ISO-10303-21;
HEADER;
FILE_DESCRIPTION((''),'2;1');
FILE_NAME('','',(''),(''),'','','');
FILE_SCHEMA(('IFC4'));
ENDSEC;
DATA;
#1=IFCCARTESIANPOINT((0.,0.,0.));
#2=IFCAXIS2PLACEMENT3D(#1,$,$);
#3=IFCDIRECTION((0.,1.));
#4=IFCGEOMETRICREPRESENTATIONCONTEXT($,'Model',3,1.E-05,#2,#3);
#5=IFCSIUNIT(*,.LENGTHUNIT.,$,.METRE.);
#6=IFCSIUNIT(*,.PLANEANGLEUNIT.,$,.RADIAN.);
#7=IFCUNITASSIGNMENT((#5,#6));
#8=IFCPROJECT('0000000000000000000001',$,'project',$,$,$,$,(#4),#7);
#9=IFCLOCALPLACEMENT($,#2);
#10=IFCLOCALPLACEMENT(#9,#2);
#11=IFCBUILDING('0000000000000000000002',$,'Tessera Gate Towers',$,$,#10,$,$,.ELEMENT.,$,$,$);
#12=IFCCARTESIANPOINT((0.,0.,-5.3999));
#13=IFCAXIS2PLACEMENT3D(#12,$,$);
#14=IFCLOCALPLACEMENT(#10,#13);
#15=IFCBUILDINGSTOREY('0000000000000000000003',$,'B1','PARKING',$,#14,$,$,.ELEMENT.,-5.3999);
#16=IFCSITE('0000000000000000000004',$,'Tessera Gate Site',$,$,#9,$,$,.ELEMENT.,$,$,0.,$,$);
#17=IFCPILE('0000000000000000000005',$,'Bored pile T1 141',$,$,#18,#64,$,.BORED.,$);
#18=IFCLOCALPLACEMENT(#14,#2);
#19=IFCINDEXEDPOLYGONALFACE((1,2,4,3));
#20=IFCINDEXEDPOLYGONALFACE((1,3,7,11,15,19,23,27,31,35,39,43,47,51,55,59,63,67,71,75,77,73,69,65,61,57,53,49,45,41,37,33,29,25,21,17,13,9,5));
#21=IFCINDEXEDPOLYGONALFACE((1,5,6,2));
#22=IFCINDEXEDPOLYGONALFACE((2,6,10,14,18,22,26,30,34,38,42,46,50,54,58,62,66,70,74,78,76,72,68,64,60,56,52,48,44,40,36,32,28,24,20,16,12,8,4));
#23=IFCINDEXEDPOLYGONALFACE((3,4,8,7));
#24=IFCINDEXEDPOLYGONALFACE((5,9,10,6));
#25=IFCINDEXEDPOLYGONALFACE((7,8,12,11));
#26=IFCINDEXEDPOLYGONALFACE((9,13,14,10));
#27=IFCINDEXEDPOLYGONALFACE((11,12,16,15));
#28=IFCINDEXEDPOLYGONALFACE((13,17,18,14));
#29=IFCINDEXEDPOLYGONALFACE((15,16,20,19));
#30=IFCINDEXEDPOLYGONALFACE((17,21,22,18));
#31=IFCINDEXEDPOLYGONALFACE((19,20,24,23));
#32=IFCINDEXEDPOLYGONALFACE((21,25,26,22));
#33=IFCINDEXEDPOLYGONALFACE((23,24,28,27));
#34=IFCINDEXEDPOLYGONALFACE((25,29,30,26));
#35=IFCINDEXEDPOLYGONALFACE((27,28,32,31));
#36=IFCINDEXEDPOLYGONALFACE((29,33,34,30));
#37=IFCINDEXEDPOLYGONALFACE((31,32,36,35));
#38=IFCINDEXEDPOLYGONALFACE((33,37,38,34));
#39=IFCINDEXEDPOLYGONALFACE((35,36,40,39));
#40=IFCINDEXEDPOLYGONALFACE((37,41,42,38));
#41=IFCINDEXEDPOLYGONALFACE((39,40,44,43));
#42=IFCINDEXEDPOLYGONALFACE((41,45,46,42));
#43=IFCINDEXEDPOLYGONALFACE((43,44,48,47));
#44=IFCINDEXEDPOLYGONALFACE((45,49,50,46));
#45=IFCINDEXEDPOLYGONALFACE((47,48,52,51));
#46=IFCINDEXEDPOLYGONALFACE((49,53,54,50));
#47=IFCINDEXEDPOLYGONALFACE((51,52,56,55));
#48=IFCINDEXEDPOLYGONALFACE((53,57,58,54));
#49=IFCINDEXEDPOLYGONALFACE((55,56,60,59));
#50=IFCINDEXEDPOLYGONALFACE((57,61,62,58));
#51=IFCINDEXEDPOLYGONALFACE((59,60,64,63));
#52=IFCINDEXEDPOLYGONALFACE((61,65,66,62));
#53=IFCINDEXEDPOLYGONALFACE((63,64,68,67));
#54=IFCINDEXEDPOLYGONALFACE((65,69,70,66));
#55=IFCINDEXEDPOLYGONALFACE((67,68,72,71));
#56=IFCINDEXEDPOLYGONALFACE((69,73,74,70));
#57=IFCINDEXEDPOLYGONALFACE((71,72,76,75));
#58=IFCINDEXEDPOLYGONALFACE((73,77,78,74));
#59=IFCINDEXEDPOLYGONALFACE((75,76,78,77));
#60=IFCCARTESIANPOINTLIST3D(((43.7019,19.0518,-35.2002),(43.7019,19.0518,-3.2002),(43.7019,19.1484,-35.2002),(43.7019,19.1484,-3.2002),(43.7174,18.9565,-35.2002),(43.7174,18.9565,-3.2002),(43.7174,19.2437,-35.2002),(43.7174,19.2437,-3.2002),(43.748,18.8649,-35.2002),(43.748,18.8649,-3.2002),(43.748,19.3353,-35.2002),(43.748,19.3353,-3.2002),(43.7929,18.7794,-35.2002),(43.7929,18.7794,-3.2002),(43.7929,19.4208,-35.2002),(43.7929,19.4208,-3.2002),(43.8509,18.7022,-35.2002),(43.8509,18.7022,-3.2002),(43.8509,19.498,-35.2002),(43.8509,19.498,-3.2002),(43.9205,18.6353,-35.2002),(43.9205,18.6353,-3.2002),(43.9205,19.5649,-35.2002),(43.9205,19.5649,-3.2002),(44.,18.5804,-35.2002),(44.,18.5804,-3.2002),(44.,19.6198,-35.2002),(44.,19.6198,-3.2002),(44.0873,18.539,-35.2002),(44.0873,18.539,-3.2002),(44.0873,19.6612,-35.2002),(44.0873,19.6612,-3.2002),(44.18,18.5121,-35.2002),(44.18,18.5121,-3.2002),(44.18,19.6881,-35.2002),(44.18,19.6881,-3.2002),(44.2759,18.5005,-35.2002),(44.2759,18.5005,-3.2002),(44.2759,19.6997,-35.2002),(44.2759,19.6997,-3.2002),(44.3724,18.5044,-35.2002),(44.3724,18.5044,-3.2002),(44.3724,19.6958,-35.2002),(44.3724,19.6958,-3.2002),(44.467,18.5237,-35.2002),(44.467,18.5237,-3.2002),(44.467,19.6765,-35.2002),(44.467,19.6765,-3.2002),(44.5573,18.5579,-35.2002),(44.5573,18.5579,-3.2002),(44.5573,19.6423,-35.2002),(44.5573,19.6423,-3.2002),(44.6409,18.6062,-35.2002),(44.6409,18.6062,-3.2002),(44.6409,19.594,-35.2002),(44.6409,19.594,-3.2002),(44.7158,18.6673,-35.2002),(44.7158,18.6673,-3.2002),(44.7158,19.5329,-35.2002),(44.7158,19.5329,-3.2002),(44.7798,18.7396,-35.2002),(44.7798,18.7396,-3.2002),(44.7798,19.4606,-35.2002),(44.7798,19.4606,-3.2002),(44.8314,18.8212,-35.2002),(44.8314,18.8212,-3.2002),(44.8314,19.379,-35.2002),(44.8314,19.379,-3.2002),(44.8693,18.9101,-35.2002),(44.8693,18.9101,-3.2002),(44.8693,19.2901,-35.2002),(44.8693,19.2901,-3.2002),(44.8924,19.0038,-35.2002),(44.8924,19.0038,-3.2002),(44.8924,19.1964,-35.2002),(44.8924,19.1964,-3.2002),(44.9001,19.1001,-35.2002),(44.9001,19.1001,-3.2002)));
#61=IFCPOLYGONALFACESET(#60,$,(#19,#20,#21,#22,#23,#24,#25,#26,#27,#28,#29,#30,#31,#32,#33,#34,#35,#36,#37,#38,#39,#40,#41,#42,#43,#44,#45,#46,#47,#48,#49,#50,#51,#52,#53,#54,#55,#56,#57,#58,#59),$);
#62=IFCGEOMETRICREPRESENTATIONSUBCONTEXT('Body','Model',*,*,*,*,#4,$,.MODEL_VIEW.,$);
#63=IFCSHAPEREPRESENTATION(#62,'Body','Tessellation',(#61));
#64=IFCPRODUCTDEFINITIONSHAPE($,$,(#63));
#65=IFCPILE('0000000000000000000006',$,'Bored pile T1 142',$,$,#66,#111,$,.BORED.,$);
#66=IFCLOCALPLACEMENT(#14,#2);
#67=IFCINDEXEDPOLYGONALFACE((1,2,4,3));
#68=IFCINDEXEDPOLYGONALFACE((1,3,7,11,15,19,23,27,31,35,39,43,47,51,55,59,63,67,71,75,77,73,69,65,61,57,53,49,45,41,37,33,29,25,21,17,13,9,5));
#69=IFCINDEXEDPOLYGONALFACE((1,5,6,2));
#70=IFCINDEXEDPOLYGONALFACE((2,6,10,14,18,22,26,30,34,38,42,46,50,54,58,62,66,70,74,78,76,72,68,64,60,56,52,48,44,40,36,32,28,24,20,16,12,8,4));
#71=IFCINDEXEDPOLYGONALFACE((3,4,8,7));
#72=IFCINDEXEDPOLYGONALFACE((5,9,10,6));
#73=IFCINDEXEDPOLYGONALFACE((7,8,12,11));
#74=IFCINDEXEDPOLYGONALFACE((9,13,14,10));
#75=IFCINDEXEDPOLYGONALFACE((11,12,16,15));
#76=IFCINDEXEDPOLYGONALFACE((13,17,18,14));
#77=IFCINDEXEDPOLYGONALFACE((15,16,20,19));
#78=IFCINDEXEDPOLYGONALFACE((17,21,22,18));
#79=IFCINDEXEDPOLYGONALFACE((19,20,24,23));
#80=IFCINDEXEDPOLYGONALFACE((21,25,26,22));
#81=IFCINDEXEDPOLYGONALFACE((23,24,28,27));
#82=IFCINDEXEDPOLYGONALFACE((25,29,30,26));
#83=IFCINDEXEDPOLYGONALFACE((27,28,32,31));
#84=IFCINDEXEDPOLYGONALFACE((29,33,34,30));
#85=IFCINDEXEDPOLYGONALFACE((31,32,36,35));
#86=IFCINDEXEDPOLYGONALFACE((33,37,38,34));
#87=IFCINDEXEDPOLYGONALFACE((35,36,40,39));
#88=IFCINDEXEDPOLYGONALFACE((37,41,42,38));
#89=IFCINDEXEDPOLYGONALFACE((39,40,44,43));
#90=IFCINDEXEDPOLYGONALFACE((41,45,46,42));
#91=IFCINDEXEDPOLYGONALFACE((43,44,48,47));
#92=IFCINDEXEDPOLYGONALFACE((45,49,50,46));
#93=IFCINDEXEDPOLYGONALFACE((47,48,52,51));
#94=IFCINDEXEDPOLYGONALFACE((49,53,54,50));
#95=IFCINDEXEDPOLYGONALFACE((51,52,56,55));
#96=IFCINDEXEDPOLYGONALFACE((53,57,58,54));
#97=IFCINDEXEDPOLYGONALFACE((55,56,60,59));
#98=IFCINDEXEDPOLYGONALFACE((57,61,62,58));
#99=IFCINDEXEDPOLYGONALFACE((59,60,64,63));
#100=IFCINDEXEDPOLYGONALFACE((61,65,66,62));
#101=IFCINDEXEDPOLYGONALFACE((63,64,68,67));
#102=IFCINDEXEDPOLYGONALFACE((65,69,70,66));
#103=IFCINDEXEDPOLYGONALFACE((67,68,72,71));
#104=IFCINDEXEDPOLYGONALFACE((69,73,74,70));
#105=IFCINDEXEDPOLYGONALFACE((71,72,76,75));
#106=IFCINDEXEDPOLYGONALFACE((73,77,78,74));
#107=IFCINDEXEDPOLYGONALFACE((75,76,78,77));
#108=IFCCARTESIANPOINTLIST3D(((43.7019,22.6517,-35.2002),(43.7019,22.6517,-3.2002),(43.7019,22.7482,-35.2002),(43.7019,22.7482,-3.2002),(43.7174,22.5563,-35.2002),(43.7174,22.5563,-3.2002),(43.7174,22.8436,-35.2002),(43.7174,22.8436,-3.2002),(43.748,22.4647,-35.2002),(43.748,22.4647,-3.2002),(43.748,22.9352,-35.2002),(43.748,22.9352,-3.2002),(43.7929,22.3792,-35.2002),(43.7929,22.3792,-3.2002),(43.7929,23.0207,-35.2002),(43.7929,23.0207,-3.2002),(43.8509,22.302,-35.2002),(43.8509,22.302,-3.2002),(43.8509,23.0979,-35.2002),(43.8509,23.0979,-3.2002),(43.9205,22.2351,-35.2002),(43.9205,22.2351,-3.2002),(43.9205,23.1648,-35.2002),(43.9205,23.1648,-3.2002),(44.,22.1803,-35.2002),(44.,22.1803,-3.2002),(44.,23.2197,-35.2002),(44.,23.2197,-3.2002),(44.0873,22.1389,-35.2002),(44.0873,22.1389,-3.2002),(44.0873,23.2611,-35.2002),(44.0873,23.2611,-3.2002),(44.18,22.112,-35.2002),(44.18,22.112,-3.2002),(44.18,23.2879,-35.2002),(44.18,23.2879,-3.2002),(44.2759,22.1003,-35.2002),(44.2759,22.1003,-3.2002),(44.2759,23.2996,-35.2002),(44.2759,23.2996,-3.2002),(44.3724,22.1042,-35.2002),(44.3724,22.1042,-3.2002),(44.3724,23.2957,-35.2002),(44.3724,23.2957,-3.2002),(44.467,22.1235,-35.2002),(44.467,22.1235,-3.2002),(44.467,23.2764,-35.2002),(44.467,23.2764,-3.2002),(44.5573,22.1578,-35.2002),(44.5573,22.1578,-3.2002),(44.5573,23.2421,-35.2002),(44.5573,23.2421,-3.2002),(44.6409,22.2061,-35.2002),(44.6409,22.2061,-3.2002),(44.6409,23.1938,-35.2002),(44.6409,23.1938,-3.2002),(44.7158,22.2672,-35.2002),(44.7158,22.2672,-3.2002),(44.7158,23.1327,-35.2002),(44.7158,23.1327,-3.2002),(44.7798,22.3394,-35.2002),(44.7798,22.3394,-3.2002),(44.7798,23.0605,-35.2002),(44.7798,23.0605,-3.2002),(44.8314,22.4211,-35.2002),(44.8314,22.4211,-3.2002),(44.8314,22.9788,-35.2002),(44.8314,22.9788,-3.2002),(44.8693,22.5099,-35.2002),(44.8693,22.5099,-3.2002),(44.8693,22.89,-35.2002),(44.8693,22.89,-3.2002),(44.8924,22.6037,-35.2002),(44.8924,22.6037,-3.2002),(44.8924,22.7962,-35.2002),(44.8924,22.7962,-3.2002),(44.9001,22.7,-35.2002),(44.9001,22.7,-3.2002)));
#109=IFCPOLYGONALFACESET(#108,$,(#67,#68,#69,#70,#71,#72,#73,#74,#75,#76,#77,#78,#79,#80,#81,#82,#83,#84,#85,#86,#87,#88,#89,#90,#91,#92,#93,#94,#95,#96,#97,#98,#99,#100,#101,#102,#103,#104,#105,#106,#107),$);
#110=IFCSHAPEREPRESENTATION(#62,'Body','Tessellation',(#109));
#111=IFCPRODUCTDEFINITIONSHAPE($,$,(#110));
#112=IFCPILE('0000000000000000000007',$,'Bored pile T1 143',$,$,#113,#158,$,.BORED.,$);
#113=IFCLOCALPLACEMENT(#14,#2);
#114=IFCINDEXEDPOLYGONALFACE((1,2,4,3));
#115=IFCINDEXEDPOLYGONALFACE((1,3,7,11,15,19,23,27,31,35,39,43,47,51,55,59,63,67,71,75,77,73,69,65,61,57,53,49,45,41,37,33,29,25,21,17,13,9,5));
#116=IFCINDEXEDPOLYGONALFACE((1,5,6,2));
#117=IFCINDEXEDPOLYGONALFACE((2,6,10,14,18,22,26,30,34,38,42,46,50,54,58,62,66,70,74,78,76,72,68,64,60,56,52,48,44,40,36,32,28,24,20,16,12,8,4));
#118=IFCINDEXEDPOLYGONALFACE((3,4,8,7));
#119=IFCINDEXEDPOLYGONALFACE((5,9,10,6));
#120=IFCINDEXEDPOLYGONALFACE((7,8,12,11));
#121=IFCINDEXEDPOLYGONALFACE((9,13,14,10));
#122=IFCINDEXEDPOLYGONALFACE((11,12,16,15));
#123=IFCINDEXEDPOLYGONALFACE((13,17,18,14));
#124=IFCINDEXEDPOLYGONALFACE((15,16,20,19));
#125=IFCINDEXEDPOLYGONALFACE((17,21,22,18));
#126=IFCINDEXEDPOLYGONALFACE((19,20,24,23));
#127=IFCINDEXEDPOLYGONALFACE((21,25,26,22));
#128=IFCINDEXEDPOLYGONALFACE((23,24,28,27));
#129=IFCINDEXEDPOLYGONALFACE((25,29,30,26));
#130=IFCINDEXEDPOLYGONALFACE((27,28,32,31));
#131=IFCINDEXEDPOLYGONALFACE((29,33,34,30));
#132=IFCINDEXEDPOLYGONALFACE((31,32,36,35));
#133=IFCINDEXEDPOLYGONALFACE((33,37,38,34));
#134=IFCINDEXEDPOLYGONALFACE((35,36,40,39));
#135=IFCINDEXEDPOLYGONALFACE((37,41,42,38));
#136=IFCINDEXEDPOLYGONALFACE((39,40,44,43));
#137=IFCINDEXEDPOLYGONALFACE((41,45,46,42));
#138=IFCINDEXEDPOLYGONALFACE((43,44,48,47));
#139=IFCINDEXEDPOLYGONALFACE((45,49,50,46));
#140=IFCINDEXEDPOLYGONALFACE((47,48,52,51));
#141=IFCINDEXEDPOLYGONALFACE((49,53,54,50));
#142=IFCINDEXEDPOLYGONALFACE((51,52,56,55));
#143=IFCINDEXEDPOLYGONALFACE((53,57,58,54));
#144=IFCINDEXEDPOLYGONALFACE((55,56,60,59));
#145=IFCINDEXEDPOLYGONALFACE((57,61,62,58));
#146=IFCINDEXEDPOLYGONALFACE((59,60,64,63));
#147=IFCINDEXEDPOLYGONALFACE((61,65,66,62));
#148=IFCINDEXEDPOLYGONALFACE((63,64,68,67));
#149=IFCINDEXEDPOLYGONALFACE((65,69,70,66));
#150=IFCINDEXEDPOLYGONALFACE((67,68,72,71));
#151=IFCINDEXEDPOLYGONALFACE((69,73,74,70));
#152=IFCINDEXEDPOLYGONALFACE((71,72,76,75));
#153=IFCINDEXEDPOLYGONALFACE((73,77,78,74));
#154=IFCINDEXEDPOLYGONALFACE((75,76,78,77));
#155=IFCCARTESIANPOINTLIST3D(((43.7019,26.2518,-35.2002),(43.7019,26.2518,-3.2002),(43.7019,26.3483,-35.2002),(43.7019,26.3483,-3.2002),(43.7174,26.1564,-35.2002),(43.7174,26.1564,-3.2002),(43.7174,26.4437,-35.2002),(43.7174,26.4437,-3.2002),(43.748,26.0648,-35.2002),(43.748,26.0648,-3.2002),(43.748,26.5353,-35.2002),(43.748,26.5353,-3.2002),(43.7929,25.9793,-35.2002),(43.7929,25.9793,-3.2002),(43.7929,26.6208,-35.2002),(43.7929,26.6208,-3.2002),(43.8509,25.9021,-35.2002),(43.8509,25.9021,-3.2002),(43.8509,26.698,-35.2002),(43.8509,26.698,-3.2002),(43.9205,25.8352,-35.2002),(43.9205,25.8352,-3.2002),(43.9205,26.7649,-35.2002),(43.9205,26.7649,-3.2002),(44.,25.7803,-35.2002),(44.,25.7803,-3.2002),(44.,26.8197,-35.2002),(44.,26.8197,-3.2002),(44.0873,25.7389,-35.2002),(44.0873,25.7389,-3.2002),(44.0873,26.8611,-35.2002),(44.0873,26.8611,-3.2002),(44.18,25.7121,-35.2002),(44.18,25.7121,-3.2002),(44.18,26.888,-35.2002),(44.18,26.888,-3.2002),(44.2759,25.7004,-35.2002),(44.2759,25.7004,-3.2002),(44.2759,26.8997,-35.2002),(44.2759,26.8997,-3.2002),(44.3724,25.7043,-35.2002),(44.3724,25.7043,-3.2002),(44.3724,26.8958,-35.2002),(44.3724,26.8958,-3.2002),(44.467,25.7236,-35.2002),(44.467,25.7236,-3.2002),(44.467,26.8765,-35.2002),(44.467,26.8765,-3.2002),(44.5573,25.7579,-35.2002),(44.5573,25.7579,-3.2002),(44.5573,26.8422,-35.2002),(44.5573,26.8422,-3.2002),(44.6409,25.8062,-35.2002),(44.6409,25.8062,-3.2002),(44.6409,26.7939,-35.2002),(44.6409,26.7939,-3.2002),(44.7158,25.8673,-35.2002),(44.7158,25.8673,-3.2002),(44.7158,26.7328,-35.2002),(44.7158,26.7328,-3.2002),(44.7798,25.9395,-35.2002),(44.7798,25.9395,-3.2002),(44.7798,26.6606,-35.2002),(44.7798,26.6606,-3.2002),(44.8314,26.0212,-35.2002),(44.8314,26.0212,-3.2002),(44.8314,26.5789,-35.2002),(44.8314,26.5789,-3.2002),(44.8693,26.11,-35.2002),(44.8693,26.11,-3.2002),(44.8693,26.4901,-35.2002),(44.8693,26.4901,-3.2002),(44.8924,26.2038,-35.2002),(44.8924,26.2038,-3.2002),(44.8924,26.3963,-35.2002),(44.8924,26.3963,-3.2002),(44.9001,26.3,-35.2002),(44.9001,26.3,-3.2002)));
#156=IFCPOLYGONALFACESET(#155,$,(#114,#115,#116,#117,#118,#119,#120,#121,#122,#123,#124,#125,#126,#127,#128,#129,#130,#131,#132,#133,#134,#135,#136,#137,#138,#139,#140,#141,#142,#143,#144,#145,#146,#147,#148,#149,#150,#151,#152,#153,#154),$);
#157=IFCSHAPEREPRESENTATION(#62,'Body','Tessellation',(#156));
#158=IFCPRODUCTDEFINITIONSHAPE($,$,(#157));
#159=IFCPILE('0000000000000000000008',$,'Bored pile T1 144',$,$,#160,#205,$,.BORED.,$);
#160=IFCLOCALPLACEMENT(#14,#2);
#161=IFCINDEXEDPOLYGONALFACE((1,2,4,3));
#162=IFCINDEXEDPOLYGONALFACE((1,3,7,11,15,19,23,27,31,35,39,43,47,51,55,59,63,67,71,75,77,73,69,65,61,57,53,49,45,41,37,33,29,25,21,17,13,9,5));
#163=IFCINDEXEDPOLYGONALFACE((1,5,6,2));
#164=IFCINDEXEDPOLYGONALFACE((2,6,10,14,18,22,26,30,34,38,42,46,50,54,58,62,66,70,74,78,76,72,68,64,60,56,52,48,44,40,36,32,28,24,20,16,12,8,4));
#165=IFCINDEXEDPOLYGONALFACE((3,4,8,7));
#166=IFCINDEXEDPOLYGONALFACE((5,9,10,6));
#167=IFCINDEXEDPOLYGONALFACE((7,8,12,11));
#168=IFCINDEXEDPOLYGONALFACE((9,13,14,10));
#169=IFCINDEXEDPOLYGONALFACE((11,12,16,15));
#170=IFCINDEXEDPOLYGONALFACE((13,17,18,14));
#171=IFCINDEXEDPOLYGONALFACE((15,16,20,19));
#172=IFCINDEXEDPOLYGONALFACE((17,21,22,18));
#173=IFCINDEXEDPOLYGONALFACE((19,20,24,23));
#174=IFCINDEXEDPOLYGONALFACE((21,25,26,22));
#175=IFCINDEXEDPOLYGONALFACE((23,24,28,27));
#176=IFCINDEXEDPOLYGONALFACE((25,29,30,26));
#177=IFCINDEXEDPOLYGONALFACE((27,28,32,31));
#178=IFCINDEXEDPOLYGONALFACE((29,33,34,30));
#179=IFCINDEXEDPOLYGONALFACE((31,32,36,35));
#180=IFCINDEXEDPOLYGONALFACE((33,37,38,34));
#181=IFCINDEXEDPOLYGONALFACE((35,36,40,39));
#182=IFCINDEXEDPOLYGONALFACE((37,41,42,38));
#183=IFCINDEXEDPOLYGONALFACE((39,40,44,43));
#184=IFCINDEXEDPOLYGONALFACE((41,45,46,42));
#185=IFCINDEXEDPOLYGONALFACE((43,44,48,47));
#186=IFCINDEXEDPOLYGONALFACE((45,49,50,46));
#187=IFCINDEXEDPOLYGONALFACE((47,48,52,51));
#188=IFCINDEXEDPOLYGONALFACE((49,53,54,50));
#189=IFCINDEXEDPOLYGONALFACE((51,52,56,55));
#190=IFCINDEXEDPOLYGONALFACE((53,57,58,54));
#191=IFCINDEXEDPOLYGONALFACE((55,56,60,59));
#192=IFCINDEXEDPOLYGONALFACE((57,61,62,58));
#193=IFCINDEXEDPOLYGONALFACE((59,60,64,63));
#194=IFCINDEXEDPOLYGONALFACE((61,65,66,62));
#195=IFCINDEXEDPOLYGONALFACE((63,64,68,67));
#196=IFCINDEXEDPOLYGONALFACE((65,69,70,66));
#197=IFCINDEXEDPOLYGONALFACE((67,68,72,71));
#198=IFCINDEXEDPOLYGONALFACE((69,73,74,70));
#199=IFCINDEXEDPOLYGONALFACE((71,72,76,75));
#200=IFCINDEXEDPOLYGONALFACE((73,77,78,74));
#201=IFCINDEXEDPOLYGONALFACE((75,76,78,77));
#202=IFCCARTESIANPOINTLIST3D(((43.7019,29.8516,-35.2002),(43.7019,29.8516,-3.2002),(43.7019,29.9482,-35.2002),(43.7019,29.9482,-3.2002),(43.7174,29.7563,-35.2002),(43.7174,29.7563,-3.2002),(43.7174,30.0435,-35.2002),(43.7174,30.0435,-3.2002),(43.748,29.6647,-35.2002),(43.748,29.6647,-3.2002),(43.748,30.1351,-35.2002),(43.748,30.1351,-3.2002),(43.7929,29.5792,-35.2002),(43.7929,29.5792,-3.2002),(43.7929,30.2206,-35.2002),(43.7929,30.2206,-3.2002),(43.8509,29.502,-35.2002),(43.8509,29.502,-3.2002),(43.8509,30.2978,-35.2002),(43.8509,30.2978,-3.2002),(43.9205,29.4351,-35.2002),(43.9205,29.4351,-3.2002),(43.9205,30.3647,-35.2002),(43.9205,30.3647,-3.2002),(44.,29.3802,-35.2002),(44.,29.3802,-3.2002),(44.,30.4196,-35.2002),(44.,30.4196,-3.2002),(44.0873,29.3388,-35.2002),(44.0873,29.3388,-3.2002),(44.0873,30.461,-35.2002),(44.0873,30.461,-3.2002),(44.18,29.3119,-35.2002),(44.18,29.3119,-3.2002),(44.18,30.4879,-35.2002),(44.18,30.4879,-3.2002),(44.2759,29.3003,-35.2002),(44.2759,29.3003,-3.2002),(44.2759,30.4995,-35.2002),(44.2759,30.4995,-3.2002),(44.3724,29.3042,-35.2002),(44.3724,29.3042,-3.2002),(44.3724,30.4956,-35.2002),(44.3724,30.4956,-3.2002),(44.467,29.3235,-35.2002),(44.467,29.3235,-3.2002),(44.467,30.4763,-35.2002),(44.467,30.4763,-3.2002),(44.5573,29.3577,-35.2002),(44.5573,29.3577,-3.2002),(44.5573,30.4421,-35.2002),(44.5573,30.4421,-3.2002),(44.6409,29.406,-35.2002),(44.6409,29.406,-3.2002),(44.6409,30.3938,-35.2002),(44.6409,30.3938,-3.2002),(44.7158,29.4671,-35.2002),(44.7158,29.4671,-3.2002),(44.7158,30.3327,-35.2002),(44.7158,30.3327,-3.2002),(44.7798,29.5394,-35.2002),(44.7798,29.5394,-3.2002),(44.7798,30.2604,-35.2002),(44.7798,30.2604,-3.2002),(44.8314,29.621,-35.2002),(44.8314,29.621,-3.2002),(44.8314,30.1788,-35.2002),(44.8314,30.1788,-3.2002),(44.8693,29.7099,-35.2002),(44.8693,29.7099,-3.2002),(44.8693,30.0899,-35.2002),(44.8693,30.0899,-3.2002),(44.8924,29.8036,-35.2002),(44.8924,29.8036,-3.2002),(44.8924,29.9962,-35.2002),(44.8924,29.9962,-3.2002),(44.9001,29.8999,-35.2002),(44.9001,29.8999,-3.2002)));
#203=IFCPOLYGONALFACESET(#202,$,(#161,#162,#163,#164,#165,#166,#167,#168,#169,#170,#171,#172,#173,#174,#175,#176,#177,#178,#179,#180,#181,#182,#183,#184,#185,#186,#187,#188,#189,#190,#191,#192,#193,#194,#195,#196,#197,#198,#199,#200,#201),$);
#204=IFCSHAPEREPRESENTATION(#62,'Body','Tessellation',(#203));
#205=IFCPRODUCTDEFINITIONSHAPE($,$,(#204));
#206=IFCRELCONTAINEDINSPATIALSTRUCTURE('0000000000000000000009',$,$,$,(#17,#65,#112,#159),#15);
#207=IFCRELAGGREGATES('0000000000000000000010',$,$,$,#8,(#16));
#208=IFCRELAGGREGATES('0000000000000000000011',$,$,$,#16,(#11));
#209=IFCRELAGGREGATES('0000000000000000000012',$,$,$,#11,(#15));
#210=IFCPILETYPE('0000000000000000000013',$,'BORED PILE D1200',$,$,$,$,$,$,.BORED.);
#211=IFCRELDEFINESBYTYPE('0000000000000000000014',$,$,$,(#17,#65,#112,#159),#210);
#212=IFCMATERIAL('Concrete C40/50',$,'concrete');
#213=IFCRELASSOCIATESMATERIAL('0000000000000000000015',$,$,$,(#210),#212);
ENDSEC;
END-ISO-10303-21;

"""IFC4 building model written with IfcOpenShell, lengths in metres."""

from ifc_helpers import new_model, si_unit, direction, frame, origin, origin_2d, place, context, subcontext, project, spatial, circle, extrude, material, material_profile, profile_set, type_object, element, save


model = new_model("IFC4")

# Units and contexts
model_context = context("Model", 3, precision=1e-05, world=origin(), true_north=direction((0.0, 1.0)))
body_context = subcontext(model_context, "Body", "Model", "MODEL_VIEW")
ifc_project = project(units=[si_unit("LENGTHUNIT", "METRE"), si_unit("PLANEANGLEUNIT", "RADIAN")], contexts=[model_context])

# Site, building, storey
site_placement = place(None, origin())
site = spatial("IfcSite", under=ifc_project, at=site_placement, Name="Tessera Gate Site", CompositionType="ELEMENT", RefElevation=0.0)
building_placement = place(site_placement, origin())
building = spatial("IfcBuilding", under=site, at=building_placement, Name="Tessera Gate Towers", CompositionType="ELEMENT")
storey_placement = place(building_placement, frame((0.0, 0.0, -5.3999)))
storey = spatial("IfcBuildingStorey", under=building, at=storey_placement, Name="B1", Description="PARKING", CompositionType="ELEMENT", Elevation=-5.3999)

# Piles
ifc_material_1 = material(Name="Concrete C40/50", Category="concrete")
ifc_material_profile = material_profile(ifc_material_1, circle(Radius=0.6001, at=origin_2d()), Name="BORED PILE D1200")
ifc_profile_set = profile_set([ifc_material_profile], Name="Concrete C40/50")
pile_type = type_object("IfcPileType", Name="BORED PILE D1200", PredefinedType="BORED", material=ifc_profile_set)
for number, where, z_axis, x_axis, name in (
    (1, (44.3, 19.1001, -3.2002), (0.0, 0.0, -1.0), (1.0, 0.0, 0.0), "Bored pile T1 141"),
    (2, (44.3, 22.7, -3.2002), (0.0, 0.0, -1.0), (1.0, 0.0, 0.0), "Bored pile T1 142"),
    (3, (44.3, 26.3, -3.2002), (0.0, 0.0, -1.0), (1.0, 0.0, 0.0), "Bored pile T1 143"),
    (4, (44.3, 29.8999, -3.2002), (0.0, 0.0, -1.0), (1.0, 0.0, 0.0), "Bored pile T1 144"),
):
    element("IfcPile", number, at=place(storey_placement, frame(where, z_axis=z_axis, x_axis=x_axis)), inside=storey, type_object=pile_type, Name=name, PredefinedType="BORED", context=body_context, shape_type="SweptSolid", body=[
        extrude(circle(Radius=0.6001, at=origin_2d()), origin(), (0.0, 0.0, 1.0), 32.0),
    ])

save(model, "model.ifc")
